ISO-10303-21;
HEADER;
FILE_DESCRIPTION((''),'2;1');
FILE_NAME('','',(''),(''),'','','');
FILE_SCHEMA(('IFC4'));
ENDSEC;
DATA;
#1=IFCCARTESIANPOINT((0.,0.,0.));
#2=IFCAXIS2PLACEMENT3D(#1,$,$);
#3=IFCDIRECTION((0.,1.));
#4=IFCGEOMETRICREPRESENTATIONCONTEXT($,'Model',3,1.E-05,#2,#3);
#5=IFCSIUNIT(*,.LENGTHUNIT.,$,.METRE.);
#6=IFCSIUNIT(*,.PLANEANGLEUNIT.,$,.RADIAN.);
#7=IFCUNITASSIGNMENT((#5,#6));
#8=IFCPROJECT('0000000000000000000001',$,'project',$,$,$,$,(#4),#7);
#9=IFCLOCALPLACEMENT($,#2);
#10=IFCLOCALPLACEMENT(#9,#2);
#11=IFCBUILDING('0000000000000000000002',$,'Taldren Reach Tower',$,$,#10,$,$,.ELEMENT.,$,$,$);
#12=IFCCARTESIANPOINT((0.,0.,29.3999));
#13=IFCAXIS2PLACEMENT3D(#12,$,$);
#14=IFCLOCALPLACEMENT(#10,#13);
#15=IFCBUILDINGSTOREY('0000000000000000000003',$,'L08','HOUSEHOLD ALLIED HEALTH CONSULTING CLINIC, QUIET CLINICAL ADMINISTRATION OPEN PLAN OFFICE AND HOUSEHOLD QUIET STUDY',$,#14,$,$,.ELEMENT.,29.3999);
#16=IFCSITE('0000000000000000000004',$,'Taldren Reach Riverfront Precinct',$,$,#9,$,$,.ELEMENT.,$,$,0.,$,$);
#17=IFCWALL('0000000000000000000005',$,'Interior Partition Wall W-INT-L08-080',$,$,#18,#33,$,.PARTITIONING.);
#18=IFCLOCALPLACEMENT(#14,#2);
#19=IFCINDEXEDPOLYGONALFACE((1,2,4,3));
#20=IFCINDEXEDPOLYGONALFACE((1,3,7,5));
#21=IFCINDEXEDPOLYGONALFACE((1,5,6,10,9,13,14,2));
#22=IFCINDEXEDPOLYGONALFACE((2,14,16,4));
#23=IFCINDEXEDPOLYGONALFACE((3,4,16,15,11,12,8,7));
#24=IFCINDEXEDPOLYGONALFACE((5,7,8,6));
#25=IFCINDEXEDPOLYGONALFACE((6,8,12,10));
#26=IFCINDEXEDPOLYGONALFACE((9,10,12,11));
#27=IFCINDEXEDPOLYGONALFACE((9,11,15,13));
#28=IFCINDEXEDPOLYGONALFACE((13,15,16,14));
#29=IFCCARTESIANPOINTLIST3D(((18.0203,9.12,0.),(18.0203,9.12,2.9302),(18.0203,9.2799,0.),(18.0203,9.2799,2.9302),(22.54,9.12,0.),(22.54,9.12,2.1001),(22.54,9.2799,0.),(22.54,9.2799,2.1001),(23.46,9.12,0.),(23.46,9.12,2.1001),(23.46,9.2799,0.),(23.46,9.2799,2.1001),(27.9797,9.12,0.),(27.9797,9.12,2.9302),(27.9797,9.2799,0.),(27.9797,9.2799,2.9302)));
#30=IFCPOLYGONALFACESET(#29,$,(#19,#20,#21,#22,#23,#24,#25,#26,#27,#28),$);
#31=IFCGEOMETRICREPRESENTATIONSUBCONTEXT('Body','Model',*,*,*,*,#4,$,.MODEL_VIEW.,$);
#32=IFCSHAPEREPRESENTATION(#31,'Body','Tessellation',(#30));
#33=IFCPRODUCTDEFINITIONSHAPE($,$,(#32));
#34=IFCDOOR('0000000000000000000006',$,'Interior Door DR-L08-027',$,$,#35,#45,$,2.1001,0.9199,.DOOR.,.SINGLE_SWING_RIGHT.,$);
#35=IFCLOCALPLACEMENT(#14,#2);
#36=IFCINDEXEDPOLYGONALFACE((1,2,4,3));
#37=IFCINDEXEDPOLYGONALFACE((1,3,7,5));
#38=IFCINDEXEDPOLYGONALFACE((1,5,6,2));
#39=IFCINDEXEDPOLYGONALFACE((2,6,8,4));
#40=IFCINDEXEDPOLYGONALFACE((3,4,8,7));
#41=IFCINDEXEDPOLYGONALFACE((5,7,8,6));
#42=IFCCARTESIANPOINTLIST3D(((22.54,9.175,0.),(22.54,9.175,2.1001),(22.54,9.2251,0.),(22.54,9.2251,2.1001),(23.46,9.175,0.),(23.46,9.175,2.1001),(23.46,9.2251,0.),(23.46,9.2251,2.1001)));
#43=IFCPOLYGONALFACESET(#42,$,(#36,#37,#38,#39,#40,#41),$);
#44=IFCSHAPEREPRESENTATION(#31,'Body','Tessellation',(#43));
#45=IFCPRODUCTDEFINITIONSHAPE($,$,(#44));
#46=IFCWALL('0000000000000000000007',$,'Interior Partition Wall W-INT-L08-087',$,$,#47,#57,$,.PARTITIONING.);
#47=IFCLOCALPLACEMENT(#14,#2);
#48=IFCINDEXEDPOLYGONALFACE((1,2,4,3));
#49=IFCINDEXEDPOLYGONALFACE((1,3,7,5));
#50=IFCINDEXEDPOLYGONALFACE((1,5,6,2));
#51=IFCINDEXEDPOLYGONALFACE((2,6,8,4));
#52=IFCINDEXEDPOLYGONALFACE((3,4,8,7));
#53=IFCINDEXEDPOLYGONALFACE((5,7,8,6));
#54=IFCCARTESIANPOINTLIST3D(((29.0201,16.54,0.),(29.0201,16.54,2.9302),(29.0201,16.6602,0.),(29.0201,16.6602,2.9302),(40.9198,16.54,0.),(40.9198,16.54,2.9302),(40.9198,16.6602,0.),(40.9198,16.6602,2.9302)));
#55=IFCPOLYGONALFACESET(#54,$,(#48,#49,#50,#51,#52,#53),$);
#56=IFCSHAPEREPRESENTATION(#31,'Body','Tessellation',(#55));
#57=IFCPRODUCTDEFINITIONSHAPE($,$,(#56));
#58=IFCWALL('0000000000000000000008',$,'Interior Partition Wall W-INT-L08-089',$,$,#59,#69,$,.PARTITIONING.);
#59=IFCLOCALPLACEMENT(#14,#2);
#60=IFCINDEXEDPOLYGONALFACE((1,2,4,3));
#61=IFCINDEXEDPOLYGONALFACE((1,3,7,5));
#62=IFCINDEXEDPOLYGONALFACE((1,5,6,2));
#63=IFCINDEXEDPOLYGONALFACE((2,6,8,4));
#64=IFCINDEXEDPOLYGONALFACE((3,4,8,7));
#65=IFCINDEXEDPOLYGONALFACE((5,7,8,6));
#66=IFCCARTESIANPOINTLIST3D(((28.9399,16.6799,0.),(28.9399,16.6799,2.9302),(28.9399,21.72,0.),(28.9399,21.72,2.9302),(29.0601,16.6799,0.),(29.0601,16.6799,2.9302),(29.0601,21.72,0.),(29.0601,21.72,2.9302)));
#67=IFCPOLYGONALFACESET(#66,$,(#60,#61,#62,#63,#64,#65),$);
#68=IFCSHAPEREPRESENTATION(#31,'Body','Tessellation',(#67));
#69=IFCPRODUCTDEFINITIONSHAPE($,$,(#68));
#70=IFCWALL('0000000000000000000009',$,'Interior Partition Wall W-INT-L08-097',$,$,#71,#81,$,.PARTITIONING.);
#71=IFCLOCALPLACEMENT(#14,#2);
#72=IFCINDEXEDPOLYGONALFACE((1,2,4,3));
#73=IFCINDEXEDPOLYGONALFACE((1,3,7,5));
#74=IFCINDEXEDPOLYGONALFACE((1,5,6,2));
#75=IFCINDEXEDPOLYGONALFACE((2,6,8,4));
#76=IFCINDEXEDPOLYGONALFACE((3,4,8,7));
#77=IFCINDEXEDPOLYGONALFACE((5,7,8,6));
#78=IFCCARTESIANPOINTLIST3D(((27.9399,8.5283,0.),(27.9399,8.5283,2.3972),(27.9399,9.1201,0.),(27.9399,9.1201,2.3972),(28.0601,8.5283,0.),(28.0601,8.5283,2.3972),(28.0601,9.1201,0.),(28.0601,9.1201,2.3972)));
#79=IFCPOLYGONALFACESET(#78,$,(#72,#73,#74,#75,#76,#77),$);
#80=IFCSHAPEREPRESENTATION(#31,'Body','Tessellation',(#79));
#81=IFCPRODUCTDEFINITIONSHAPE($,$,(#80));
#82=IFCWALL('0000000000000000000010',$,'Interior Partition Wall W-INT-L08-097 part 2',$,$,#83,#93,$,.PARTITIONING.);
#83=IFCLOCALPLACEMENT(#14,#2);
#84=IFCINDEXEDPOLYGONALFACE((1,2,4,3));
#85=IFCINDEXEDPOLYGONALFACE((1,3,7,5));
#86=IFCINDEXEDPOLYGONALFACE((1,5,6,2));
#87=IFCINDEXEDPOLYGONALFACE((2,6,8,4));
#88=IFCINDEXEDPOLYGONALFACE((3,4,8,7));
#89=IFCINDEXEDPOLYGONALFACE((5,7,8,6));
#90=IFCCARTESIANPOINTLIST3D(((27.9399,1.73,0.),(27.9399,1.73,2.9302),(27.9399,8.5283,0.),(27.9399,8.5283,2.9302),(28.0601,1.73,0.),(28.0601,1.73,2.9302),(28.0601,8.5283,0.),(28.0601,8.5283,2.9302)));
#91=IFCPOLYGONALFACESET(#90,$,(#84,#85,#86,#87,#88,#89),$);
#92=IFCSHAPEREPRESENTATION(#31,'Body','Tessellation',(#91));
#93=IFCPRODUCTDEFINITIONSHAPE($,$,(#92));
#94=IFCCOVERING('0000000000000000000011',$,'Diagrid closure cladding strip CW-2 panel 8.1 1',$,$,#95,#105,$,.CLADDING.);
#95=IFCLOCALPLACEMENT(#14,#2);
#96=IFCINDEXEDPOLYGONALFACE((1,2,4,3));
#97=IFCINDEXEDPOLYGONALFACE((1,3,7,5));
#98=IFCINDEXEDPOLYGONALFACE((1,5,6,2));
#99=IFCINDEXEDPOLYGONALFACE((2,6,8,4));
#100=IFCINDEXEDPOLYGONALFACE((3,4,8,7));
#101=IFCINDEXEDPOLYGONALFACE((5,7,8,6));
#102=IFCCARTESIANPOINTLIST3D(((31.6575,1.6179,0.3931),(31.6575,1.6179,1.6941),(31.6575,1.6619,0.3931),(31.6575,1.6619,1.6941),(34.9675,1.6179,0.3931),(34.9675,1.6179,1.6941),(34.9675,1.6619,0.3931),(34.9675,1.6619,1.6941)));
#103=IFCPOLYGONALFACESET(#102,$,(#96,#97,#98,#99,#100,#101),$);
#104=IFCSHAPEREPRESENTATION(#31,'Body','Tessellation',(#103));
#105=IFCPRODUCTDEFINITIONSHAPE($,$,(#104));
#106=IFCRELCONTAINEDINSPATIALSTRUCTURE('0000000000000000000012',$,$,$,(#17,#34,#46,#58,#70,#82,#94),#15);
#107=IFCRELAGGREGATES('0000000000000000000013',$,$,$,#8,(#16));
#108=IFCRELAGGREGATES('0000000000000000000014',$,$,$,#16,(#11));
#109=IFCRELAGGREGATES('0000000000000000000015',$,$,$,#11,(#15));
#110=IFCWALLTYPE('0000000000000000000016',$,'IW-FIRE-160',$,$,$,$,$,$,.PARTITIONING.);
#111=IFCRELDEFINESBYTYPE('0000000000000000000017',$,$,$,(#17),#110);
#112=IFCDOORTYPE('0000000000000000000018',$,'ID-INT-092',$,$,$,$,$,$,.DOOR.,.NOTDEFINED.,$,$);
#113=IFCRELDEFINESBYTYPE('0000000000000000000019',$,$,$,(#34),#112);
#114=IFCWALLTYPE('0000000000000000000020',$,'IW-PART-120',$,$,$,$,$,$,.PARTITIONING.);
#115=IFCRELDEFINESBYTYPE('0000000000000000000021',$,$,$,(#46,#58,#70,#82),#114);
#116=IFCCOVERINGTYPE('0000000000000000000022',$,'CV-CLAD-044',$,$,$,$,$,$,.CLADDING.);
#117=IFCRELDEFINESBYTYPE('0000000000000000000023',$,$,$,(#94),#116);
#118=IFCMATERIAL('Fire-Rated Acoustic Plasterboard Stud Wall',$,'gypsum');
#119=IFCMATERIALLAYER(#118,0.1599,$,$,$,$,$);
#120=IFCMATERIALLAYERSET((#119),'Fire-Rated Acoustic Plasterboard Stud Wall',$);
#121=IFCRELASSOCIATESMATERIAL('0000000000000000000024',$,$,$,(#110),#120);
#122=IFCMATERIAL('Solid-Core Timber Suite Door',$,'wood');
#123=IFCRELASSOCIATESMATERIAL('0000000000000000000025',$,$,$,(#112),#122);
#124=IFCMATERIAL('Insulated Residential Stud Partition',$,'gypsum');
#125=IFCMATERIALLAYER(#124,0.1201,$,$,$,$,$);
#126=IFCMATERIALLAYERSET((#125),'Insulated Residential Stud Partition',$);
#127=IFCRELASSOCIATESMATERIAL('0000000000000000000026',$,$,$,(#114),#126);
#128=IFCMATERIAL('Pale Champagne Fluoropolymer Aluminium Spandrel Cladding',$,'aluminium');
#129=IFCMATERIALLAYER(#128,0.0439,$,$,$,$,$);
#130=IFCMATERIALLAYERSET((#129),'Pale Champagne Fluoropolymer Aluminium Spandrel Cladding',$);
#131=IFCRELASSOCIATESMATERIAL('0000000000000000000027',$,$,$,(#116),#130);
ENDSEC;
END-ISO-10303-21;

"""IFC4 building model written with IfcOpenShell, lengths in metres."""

from ifc_helpers import new_model, si_unit, direction, frame, frame_2d, origin, origin_2d, place, context, subcontext, project, spatial, rectangle, extrude, source, transform, mapped, material, layer, layer_set, type_object, element, fill, save


model = new_model("IFC4")

# Units and contexts
model_context = context("Model", 3, precision=1e-05, world=origin(), true_north=direction((0.0, 1.0)))
body_context = subcontext(model_context, "Body", "Model", "MODEL_VIEW")
ifc_project = project(units=[si_unit("LENGTHUNIT", "METRE"), si_unit("PLANEANGLEUNIT", "RADIAN")], contexts=[model_context])

# Site, building, storey
site_placement = place(None, origin())
site = spatial("IfcSite", under=ifc_project, at=site_placement, Name="Taldren Reach Riverfront Precinct", CompositionType="ELEMENT", RefElevation=0.0)
building_placement = place(site_placement, origin())
building = spatial("IfcBuilding", under=site, at=building_placement, Name="Taldren Reach Tower", CompositionType="ELEMENT")
storey_placement = place(building_placement, frame((0.0, 0.0, 29.3999)))
storey = spatial("IfcBuildingStorey", under=building, at=storey_placement, Name="L08", Description="HOUSEHOLD ALLIED HEALTH CONSULTING CLINIC, QUIET CLINICAL ADMINISTRATION OPEN PLAN OFFICE AND HOUSEHOLD QUIET STUDY", CompositionType="ELEMENT", Elevation=29.3999)

# Wall, opening, door
ifc_material_1 = material(Name="Fire-Rated Acoustic Plasterboard Stud Wall", Category="gypsum")
ifc_layer_1 = layer(ifc_material_1, 0.1599)
ifc_layer_set_1 = layer_set([ifc_layer_1], Name="Fire-Rated Acoustic Plasterboard Stud Wall")
wall_type_1 = type_object("IfcWallType", Name="IW-FIRE-160", PredefinedType="PARTITIONING", material=ifc_layer_set_1)
shared_shape_1 = source(origin(), body_context, "Body", "SweptSolid", [
    extrude(rectangle(XDim=9.9595, YDim=0.1599, at=frame_2d((4.9797, 0.0))), origin(), (0.0, 0.0, 1.0), 2.9302),
])
wall_1_placement = place(storey_placement, frame((27.9797, 9.2, 0.0), z_axis=(0.0, 0.0, 1.0), x_axis=(-1.0, 0.0, 0.0)))
wall_1 = element("IfcWall", 1, at=wall_1_placement, inside=storey, type_object=wall_type_1, Name="Interior Partition Wall W-INT-L08-080", PredefinedType="PARTITIONING", context=body_context, shape_type="MappedRepresentation", body=[
    mapped(shared_shape_1, transform((0.0, 0.0, 0.0), scale=1.0)),
])
shared_shape_2 = source(origin(), body_context, "Body", "SweptSolid", [
    extrude(rectangle(XDim=0.9199, YDim=2.1001, at=frame_2d((0.46, 1.05))), frame((0.0, 0.0898, 0.0), z_axis=(0.0, -1.0, 0.0), x_axis=(1.0, 0.0, 0.0)), (0.0, 0.0, 1.0), 0.1799),
])
opening_1_placement = place(wall_1_placement, frame((4.5198, 0.0, 0.0)))
opening_1 = element("IfcOpeningElement", 2, at=opening_1_placement, cuts=wall_1, PredefinedType="OPENING", context=body_context, shape_type="MappedRepresentation", body=[
    mapped(shared_shape_2, transform((0.0, 0.0, 0.0), scale=1.0)),
])
ifc_material_2 = material(Name="Solid-Core Timber Suite Door", Category="wood")
door_type_1 = type_object("IfcDoorType", Name="ID-INT-092", OperationType="NOTDEFINED", PredefinedType="DOOR", material=ifc_material_2)
shared_shape_3 = source(origin(), body_context, "Body", "SweptSolid", [
    extrude(rectangle(XDim=0.9199, YDim=2.1001, at=frame_2d((0.46, 1.05))), frame((0.0, 0.0249, 0.0), z_axis=(0.0, -1.0, 0.0), x_axis=(1.0, 0.0, 0.0)), (0.0, 0.0, 1.0), 0.05),
])
door_1_placement = place(opening_1_placement, origin())
door_1 = element("IfcDoor", 3, at=door_1_placement, inside=storey, type_object=door_type_1, Name="Interior Door DR-L08-027", OperationType="SINGLE_SWING_RIGHT", OverallHeight=2.1001, OverallWidth=0.9199, PredefinedType="DOOR", context=body_context, shape_type="MappedRepresentation", body=[
    mapped(shared_shape_3, transform((0.0, 0.0, 0.0), scale=1.0)),
])
fill(opening_1, door_1)

# Walls
ifc_material_3 = material(Name="Insulated Residential Stud Partition", Category="gypsum")
ifc_layer_2 = layer(ifc_material_3, 0.1201)
ifc_layer_set_2 = layer_set([ifc_layer_2], Name="Insulated Residential Stud Partition")
wall_type_2 = type_object("IfcWallType", Name="IW-PART-120", PredefinedType="PARTITIONING", material=ifc_layer_set_2)
shared_shape_4 = source(origin(), body_context, "Body", "SweptSolid", [
    extrude(rectangle(XDim=11.8997, YDim=0.1201, at=frame_2d((5.9497, 0.0))), origin(), (0.0, 0.0, 1.0), 2.9302),
])
wall_2_placement = place(storey_placement, frame((29.0203, 16.6001, 0.0), z_axis=(0.0, 0.0, 1.0), x_axis=(1.0, 0.0, 0.0)))
element("IfcWall", 4, at=wall_2_placement, inside=storey, type_object=wall_type_2, Name="Interior Partition Wall W-INT-L08-087", PredefinedType="PARTITIONING", context=body_context, shape_type="MappedRepresentation", body=[
    mapped(shared_shape_4, transform((0.0, 0.0, 0.0), scale=1.0)),
])
shared_shape_5 = source(origin(), body_context, "Body", "SweptSolid", [
    extrude(rectangle(XDim=5.04, YDim=0.1201, at=frame_2d((2.52, 0.0))), origin(), (0.0, 0.0, 1.0), 2.9302),
])
wall_3_placement = place(storey_placement, frame((29.0, 21.72, 0.0), z_axis=(0.0, 0.0, 1.0), x_axis=(0.0, -1.0, 0.0)))
element("IfcWall", 5, at=wall_3_placement, inside=storey, type_object=wall_type_2, Name="Interior Partition Wall W-INT-L08-089", PredefinedType="PARTITIONING", context=body_context, shape_type="MappedRepresentation", body=[
    mapped(shared_shape_5, transform((0.0, 0.0, 0.0), scale=1.0)),
])
shared_shape_6 = source(origin(), body_context, "Body", "SweptSolid", [
    extrude(rectangle(XDim=0.5918, YDim=0.1201, at=frame_2d((0.2959, 0.0))), origin(), (0.0, 0.0, 1.0), 2.3972),
])
wall_4_placement = place(storey_placement, frame((28.0, 9.1201, 0.0), z_axis=(0.0, 0.0, 1.0), x_axis=(0.0, -1.0, 0.0)))
element("IfcWall", 6, at=wall_4_placement, inside=storey, type_object=wall_type_2, Name="Interior Partition Wall W-INT-L08-097", PredefinedType="PARTITIONING", context=body_context, shape_type="MappedRepresentation", body=[
    mapped(shared_shape_6, transform((0.0, 0.0, 0.0), scale=1.0)),
])
shared_shape_7 = source(origin(), body_context, "Body", "SweptSolid", [
    extrude(rectangle(XDim=6.7983, YDim=0.1201, at=frame_2d((3.3992, 0.0))), origin(), (0.0, 0.0, 1.0), 2.9302),
])
wall_5_placement = place(storey_placement, frame((28.0, 8.5283, 0.0), z_axis=(0.0, 0.0, 1.0), x_axis=(0.0, -1.0, 0.0)))
element("IfcWall", 7, at=wall_5_placement, inside=storey, type_object=wall_type_2, Name="Interior Partition Wall W-INT-L08-097 part 2", PredefinedType="PARTITIONING", context=body_context, shape_type="MappedRepresentation", body=[
    mapped(shared_shape_7, transform((0.0, 0.0, 0.0), scale=1.0)),
])

# Covering
ifc_material_4 = material(Name="Pale Champagne Fluoropolymer Aluminium Spandrel Cladding", Category="aluminium")
ifc_layer_3 = layer(ifc_material_4, 0.0439)
ifc_layer_set_3 = layer_set([ifc_layer_3], Name="Pale Champagne Fluoropolymer Aluminium Spandrel Cladding")
covering_type = type_object("IfcCoveringType", Name="CV-CLAD-044", PredefinedType="CLADDING", material=ifc_layer_set_3)
shared_shape_8 = source(origin(), body_context, "Body", "SweptSolid", [
    extrude(rectangle(XDim=3.3101, YDim=0.0439, at=origin_2d()), origin(), (0.0, 0.0, 1.0), 1.301),
])
covering_placement = place(storey_placement, frame((33.3125, 1.6399, 0.3931), z_axis=(0.0, 0.0, 1.0), x_axis=(1.0, 0.0, 0.0)))
element("IfcCovering", 8, at=covering_placement, inside=storey, type_object=covering_type, Name="Diagrid closure cladding strip CW-2 panel 8.1 1", PredefinedType="CLADDING", context=body_context, shape_type="MappedRepresentation", body=[
    mapped(shared_shape_8, transform((0.0, 0.0, 0.0), scale=1.0)),
])

save(model, "model.ifc")
